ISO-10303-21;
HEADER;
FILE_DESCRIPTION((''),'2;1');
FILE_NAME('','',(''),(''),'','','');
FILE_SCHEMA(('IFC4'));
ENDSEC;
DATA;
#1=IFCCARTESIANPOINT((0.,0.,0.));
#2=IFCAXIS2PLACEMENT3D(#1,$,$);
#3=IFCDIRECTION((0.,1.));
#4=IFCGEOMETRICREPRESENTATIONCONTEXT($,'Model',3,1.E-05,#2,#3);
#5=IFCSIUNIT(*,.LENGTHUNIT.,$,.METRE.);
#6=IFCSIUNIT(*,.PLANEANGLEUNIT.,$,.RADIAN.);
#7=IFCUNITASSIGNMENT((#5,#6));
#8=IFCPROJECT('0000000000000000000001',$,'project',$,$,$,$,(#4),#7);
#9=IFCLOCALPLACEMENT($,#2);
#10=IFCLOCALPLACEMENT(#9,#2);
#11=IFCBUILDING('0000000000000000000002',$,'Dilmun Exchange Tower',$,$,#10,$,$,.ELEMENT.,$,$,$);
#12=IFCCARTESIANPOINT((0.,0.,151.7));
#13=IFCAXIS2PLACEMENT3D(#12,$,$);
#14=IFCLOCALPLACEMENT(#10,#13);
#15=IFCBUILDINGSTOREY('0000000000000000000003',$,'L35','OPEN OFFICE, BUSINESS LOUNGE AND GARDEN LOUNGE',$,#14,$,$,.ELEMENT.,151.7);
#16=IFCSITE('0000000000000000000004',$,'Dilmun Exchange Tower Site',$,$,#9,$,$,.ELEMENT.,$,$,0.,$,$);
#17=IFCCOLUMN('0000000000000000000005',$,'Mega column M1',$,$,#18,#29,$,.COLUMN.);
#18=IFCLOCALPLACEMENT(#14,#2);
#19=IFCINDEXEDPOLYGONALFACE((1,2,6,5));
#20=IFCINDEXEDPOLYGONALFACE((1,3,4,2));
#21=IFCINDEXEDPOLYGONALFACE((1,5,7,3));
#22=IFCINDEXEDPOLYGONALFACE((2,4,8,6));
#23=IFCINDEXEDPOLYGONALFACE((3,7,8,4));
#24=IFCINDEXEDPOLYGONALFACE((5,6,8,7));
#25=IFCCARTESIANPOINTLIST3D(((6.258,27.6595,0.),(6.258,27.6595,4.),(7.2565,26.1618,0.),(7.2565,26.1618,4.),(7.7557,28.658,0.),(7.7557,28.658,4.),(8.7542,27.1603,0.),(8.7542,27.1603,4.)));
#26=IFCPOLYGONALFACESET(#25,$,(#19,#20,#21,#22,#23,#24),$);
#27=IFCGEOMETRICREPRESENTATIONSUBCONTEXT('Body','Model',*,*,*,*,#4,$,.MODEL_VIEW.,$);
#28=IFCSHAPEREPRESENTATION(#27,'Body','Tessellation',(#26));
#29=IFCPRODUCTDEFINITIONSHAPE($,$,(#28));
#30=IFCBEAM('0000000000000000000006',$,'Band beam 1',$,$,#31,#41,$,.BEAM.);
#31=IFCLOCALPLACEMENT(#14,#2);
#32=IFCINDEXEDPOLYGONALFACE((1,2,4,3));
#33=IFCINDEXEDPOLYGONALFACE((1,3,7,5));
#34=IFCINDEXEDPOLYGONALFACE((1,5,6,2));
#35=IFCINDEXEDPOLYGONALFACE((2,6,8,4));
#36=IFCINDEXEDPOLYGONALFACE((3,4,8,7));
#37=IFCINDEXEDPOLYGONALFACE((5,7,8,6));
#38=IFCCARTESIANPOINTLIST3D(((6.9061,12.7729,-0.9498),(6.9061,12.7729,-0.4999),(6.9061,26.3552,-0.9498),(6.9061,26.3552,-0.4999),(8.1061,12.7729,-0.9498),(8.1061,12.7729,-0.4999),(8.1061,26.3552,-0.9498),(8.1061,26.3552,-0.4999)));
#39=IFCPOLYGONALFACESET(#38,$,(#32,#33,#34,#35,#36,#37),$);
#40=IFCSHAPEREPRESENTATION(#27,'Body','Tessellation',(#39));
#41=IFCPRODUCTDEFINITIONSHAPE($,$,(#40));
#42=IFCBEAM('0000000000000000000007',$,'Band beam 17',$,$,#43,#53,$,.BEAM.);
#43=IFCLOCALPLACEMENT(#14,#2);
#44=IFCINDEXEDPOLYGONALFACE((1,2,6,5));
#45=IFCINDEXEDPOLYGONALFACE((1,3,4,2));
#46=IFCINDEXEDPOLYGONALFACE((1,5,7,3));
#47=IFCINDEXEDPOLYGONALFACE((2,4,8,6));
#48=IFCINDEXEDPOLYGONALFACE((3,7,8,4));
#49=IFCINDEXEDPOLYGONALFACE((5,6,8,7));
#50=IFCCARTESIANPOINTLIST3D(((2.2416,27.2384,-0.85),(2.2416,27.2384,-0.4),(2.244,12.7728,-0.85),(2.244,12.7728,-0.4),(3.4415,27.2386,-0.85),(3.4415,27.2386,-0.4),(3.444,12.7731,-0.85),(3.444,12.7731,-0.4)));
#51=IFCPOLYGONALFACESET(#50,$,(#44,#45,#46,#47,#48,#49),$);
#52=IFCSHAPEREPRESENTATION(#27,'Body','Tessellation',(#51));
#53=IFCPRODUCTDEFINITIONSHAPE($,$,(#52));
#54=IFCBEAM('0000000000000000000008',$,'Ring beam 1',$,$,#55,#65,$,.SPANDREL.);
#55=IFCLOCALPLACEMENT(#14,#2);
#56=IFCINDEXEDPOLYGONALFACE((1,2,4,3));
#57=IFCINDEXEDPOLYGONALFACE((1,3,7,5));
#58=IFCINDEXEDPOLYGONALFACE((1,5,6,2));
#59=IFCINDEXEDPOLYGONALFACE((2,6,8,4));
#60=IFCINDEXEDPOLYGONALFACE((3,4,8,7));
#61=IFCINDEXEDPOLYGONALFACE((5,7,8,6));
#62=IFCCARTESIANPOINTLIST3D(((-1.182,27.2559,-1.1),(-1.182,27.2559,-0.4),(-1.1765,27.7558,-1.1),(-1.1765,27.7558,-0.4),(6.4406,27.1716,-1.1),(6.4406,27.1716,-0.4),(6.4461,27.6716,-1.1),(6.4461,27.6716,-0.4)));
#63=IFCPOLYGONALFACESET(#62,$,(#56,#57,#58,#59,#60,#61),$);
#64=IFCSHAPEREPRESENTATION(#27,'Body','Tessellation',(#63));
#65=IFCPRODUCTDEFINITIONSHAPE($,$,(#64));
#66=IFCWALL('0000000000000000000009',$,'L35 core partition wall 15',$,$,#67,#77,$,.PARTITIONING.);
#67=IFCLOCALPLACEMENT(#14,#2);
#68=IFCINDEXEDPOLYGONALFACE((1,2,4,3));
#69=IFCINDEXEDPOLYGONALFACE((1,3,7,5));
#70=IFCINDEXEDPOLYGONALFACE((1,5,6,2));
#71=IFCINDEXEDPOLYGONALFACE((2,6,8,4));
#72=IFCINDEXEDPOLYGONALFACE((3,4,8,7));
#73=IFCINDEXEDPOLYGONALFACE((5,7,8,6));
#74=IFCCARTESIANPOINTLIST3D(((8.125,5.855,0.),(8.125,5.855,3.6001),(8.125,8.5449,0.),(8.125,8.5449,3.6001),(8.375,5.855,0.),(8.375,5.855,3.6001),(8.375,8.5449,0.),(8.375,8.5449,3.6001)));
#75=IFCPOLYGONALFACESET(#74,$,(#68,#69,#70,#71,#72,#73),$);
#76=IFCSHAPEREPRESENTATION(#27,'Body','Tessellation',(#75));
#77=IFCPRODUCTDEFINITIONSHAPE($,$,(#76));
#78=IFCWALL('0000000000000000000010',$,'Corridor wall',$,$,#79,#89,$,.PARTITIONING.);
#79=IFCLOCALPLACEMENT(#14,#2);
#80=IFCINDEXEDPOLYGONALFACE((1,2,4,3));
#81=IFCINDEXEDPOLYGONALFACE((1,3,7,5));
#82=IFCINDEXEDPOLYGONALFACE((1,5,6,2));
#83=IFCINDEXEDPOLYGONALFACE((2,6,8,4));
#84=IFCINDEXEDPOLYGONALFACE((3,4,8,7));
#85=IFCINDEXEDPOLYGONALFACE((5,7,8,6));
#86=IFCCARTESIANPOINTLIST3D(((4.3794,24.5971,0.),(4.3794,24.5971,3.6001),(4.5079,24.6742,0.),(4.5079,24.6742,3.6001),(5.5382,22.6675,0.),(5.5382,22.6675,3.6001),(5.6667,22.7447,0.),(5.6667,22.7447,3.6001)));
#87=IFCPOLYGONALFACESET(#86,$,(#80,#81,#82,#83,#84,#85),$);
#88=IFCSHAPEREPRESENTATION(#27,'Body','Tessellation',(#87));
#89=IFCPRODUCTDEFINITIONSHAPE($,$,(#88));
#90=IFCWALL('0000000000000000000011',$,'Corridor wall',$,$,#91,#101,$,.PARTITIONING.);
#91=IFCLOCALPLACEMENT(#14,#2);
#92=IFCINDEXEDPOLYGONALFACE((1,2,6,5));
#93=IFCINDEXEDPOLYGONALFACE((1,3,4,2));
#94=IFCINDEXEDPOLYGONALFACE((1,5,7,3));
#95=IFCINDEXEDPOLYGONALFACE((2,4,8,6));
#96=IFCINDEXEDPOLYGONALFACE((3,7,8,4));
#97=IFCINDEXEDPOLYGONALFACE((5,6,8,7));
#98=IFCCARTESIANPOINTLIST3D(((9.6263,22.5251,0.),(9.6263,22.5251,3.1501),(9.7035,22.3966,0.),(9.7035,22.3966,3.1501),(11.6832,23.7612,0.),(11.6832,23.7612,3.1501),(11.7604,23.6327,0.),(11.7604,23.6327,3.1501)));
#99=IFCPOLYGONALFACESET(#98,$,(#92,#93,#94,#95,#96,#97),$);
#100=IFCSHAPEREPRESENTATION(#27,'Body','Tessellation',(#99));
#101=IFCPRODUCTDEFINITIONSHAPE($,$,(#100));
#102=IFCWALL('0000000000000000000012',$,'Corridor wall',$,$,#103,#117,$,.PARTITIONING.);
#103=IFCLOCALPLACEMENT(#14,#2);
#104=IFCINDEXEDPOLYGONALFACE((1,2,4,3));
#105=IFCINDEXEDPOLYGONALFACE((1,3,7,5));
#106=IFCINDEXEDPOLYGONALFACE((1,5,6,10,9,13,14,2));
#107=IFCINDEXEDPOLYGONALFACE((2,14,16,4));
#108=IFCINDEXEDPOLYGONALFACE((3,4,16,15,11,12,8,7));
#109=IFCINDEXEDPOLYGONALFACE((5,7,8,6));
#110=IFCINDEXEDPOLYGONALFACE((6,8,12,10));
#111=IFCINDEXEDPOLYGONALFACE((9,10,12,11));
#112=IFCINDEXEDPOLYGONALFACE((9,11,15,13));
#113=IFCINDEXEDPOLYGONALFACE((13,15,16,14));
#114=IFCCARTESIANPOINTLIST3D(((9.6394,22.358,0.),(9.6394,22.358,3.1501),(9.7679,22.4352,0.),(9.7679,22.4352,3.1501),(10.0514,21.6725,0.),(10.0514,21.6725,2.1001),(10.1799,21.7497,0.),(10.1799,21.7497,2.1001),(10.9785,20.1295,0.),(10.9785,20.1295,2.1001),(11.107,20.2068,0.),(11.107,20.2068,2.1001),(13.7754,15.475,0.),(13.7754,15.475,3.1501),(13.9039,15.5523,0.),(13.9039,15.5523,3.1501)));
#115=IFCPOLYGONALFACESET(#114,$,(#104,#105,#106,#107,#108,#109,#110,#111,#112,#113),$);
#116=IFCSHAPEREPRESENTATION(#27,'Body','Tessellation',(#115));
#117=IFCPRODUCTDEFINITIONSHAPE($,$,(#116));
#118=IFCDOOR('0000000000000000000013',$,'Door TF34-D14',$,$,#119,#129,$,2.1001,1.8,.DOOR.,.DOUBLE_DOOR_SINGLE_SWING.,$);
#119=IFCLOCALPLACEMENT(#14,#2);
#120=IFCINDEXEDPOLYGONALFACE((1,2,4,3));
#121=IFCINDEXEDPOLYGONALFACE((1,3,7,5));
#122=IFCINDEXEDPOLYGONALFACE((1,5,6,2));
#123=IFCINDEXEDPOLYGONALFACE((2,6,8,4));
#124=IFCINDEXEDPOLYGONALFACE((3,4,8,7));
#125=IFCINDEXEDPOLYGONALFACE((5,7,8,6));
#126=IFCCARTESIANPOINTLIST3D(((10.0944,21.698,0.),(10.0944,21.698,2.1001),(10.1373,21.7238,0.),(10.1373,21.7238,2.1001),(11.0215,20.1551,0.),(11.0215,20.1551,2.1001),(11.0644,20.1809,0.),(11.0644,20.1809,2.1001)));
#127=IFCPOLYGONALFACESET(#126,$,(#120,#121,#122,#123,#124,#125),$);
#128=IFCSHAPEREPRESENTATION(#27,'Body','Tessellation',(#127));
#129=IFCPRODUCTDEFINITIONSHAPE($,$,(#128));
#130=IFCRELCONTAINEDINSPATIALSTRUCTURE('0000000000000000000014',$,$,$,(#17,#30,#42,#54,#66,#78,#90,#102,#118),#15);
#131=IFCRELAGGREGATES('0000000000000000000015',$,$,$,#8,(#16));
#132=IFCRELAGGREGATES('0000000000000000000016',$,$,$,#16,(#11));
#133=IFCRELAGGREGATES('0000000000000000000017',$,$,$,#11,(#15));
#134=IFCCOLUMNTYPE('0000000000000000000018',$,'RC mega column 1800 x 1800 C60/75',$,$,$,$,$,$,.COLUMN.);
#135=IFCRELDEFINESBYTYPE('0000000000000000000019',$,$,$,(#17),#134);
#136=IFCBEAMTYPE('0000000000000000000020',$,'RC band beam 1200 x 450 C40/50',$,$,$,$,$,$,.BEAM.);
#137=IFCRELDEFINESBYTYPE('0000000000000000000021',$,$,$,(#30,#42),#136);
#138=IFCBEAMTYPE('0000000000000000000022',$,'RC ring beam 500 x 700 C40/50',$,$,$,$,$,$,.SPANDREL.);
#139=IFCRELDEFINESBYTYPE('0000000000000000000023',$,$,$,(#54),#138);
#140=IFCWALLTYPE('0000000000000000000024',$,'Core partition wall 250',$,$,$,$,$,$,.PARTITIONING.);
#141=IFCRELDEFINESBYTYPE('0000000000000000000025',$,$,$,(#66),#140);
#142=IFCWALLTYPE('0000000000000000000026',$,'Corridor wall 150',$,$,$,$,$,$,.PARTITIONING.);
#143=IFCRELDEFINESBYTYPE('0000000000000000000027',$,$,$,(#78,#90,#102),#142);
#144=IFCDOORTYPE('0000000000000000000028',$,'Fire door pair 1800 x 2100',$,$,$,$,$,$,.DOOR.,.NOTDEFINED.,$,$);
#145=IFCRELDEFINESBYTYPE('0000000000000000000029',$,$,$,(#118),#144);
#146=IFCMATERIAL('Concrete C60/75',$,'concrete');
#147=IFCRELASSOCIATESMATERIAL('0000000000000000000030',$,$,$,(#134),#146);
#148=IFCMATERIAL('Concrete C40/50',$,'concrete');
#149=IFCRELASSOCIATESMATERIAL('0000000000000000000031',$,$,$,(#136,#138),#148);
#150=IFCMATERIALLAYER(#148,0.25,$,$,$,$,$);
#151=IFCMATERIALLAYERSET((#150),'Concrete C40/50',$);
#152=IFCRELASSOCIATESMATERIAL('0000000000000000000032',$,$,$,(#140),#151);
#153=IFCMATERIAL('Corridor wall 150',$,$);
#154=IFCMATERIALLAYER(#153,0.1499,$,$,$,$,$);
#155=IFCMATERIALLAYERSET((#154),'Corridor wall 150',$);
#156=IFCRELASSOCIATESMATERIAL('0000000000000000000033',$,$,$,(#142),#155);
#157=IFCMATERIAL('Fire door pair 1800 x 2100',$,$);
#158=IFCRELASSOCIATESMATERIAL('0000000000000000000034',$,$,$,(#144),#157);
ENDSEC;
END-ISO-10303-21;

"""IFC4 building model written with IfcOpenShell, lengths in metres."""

from ifc_helpers import new_model, si_unit, direction, frame, frame_2d, origin, origin_2d, place, context, subcontext, project, spatial, rectangle, extrude, material, layer, layer_set, material_profile, profile_set, type_object, element, fill, save


model = new_model("IFC4")

# Units and contexts
model_context = context("Model", 3, precision=1e-05, world=origin(), true_north=direction((0.0, 1.0)))
body_context = subcontext(model_context, "Body", "Model", "MODEL_VIEW")
ifc_project = project(units=[si_unit("LENGTHUNIT", "METRE"), si_unit("PLANEANGLEUNIT", "RADIAN")], contexts=[model_context])

# Site, building, storey
site_placement = place(None, origin())
site = spatial("IfcSite", under=ifc_project, at=site_placement, Name="Dilmun Exchange Tower Site", CompositionType="ELEMENT", RefElevation=0.0)
building_placement = place(site_placement, origin())
building = spatial("IfcBuilding", under=site, at=building_placement, Name="Dilmun Exchange Tower", CompositionType="ELEMENT")
storey_placement = place(building_placement, frame((0.0, 0.0, 151.7)))
storey = spatial("IfcBuildingStorey", under=building, at=storey_placement, Name="L35", Description="OPEN OFFICE, BUSINESS LOUNGE AND GARDEN LOUNGE", CompositionType="ELEMENT", Elevation=151.7)

# Column
ifc_material_1 = material(Name="Concrete C60/75", Category="concrete")
ifc_material_profile_1 = material_profile(ifc_material_1, rectangle(XDim=1.8, YDim=1.8, at=origin_2d()), Name="1800 x 1800")
ifc_profile_set_1 = profile_set([ifc_material_profile_1], Name="Concrete C60/75")
column_type = type_object("IfcColumnType", Name="RC mega column 1800 x 1800 C60/75", PredefinedType="COLUMN", material=ifc_profile_set_1)
column_placement = place(storey_placement, frame((7.5061, 27.4099, 0.0), z_axis=(0.0, 0.0, 1.0), x_axis=(0.832029, 0.554733, 0.0)))
element("IfcColumn", 1, at=column_placement, inside=storey, type_object=column_type, Name="Mega column M1", PredefinedType="COLUMN", context=body_context, shape_type="SweptSolid", body=[
    extrude(rectangle(XDim=1.8, YDim=1.8, at=origin_2d()), origin(), (0.0, 0.0, 1.0), 4.0),
])

# Beams
ifc_material_2 = material(Name="Concrete C40/50", Category="concrete")
ifc_material_profile_2 = material_profile(ifc_material_2, rectangle(XDim=1.2, YDim=0.45, at=origin_2d()), Name="1200 x 450")
ifc_profile_set_2 = profile_set([ifc_material_profile_2], Name="Concrete C40/50")
beam_type_1 = type_object("IfcBeamType", Name="RC band beam 1200 x 450 C40/50", PredefinedType="BEAM", material=ifc_profile_set_2)
beam_1_placement = place(storey_placement, frame((7.5061, 26.3552, -0.7249), z_axis=(0.0, -1.0, 0.0), x_axis=(1.0, 0.0, 0.0)))
element("IfcBeam", 2, at=beam_1_placement, inside=storey, type_object=beam_type_1, Name="Band beam 1", PredefinedType="BEAM", context=body_context, shape_type="SweptSolid", body=[
    extrude(rectangle(XDim=1.2, YDim=0.45, at=origin_2d()), origin(), (0.0, 0.0, 1.0), 13.5823),
])
beam_2_placement = place(storey_placement, frame((2.8416, 27.2385, -0.625), z_axis=(0.000169, -1.0, 0.0), x_axis=(1.0, 0.000169, 0.0)))
element("IfcBeam", 3, at=beam_2_placement, inside=storey, type_object=beam_type_1, Name="Band beam 17", PredefinedType="BEAM", context=body_context, shape_type="SweptSolid", body=[
    extrude(rectangle(XDim=1.2, YDim=0.45, at=origin_2d()), origin(), (0.0, 0.0, 1.0), 14.4656),
])
ifc_material_profile_3 = material_profile(ifc_material_2, rectangle(XDim=0.5, YDim=0.7, at=origin_2d()), Name="500 x 700")
ifc_profile_set_3 = profile_set([ifc_material_profile_3], Name="Concrete C40/50")
beam_type_2 = type_object("IfcBeamType", Name="RC ring beam 500 x 700 C40/50", PredefinedType="SPANDREL", material=ifc_profile_set_3)
beam_3_placement = place(storey_placement, frame((6.4434, 27.4216, -0.75), z_axis=(-0.999939, 0.011049, 0.0), x_axis=(-0.011049, -0.999939, 0.0)))
element("IfcBeam", 4, at=beam_3_placement, inside=storey, type_object=beam_type_2, Name="Ring beam 1", PredefinedType="SPANDREL", context=body_context, shape_type="SweptSolid", body=[
    extrude(rectangle(XDim=0.5, YDim=0.7, at=origin_2d()), origin(), (0.0, 0.0, 1.0), 7.623),
])

# Walls
ifc_layer_1 = layer(ifc_material_2, 0.25)
ifc_layer_set_1 = layer_set([ifc_layer_1], Name="Concrete C40/50")
wall_type_1 = type_object("IfcWallType", Name="Core partition wall 250", PredefinedType="PARTITIONING", material=ifc_layer_set_1)
wall_1_placement = place(storey_placement, frame((8.25, 5.855, 0.0), z_axis=(0.0, 0.0, 1.0), x_axis=(0.0, 1.0, 0.0)))
element("IfcWall", 5, at=wall_1_placement, inside=storey, type_object=wall_type_1, Name="L35 core partition wall 15", PredefinedType="PARTITIONING", context=body_context, shape_type="SweptSolid", body=[
    extrude(rectangle(XDim=2.6899, YDim=0.25, at=frame_2d((1.345, 0.0))), origin(), (0.0, 0.0, 1.0), 3.6001),
])
ifc_material_3 = material(Name="Corridor wall 150")
ifc_layer_2 = layer(ifc_material_3, 0.1499)
ifc_layer_set_2 = layer_set([ifc_layer_2], Name="Corridor wall 150")
wall_type_2 = type_object("IfcWallType", Name="Corridor wall 150", PredefinedType="PARTITIONING", material=ifc_layer_set_2)
wall_2_placement = place(storey_placement, frame((4.4436, 24.6357, 0.0), z_axis=(0.0, 0.0, 1.0), x_axis=(0.514831, -0.857292, 0.0)))
element("IfcWall", 6, at=wall_2_placement, inside=storey, type_object=wall_type_2, Name="Corridor wall", PredefinedType="PARTITIONING", context=body_context, shape_type="SweptSolid", body=[
    extrude(rectangle(XDim=2.2507, YDim=0.1499, at=frame_2d((1.1255, 0.0))), origin(), (0.0, 0.0, 1.0), 3.6001),
])
wall_3_placement = place(storey_placement, frame((9.665, 22.4609, 0.0), z_axis=(0.0, 0.0, 1.0), x_axis=(0.857134, 0.515094, 0.0)))
element("IfcWall", 7, at=wall_3_placement, inside=storey, type_object=wall_type_2, Name="Corridor wall", PredefinedType="PARTITIONING", context=body_context, shape_type="SweptSolid", body=[
    extrude(rectangle(XDim=2.3997, YDim=0.1499, at=frame_2d((1.1997, 0.0))), origin(), (0.0, 0.0, 1.0), 3.1501),
])

# Wall, opening, door
wall_4_placement = place(storey_placement, frame((9.7036, 22.3967, 0.0), z_axis=(0.0, 0.0, 1.0), x_axis=(0.515059, -0.857155, 0.0)))
wall_4 = element("IfcWall", 8, at=wall_4_placement, inside=storey, type_object=wall_type_2, Name="Corridor wall", PredefinedType="PARTITIONING", context=body_context, shape_type="SweptSolid", body=[
    extrude(rectangle(XDim=8.03, YDim=0.1499, at=frame_2d((4.0151, 0.0))), origin(), (0.0, 0.0, 1.0), 3.1501),
])
opening_1_placement = place(wall_4_placement, frame((0.8, 0.0, 0.0)))
opening_1 = element("IfcOpeningElement", 9, at=opening_1_placement, cuts=wall_4, PredefinedType="OPENING", context=body_context, shape_type="SweptSolid", body=[
    extrude(rectangle(XDim=1.8, YDim=2.1001, at=frame_2d((0.8999, 1.05))), frame((0.0, 0.085, 0.0), z_axis=(0.0, -1.0, 0.0), x_axis=(1.0, 0.0, 0.0)), (0.0, 0.0, 1.0), 0.1699),
])
ifc_material_4 = material(Name="Fire door pair 1800 x 2100")
door_type_1 = type_object("IfcDoorType", Name="Fire door pair 1800 x 2100", OperationType="NOTDEFINED", PredefinedType="DOOR", material=ifc_material_4)
door_1_placement = place(opening_1_placement, frame((1.8, 0.0, 0.0), z_axis=(0.0, 0.0, 1.0), x_axis=(-1.0, 0.0, 0.0)))
door_1 = element("IfcDoor", 10, at=door_1_placement, inside=storey, type_object=door_type_1, Name="Door TF34-D14", OperationType="DOUBLE_DOOR_SINGLE_SWING", OverallHeight=2.1001, OverallWidth=1.8, PredefinedType="DOOR", context=body_context, shape_type="SweptSolid", body=[
    extrude(rectangle(XDim=1.8, YDim=2.1001, at=frame_2d((0.8999, 1.05))), frame((0.0, 0.0249, 0.0), z_axis=(0.0, -1.0, 0.0), x_axis=(1.0, 0.0, 0.0)), (0.0, 0.0, 1.0), 0.05),
])
fill(opening_1, door_1)

save(model, "model.ifc")
